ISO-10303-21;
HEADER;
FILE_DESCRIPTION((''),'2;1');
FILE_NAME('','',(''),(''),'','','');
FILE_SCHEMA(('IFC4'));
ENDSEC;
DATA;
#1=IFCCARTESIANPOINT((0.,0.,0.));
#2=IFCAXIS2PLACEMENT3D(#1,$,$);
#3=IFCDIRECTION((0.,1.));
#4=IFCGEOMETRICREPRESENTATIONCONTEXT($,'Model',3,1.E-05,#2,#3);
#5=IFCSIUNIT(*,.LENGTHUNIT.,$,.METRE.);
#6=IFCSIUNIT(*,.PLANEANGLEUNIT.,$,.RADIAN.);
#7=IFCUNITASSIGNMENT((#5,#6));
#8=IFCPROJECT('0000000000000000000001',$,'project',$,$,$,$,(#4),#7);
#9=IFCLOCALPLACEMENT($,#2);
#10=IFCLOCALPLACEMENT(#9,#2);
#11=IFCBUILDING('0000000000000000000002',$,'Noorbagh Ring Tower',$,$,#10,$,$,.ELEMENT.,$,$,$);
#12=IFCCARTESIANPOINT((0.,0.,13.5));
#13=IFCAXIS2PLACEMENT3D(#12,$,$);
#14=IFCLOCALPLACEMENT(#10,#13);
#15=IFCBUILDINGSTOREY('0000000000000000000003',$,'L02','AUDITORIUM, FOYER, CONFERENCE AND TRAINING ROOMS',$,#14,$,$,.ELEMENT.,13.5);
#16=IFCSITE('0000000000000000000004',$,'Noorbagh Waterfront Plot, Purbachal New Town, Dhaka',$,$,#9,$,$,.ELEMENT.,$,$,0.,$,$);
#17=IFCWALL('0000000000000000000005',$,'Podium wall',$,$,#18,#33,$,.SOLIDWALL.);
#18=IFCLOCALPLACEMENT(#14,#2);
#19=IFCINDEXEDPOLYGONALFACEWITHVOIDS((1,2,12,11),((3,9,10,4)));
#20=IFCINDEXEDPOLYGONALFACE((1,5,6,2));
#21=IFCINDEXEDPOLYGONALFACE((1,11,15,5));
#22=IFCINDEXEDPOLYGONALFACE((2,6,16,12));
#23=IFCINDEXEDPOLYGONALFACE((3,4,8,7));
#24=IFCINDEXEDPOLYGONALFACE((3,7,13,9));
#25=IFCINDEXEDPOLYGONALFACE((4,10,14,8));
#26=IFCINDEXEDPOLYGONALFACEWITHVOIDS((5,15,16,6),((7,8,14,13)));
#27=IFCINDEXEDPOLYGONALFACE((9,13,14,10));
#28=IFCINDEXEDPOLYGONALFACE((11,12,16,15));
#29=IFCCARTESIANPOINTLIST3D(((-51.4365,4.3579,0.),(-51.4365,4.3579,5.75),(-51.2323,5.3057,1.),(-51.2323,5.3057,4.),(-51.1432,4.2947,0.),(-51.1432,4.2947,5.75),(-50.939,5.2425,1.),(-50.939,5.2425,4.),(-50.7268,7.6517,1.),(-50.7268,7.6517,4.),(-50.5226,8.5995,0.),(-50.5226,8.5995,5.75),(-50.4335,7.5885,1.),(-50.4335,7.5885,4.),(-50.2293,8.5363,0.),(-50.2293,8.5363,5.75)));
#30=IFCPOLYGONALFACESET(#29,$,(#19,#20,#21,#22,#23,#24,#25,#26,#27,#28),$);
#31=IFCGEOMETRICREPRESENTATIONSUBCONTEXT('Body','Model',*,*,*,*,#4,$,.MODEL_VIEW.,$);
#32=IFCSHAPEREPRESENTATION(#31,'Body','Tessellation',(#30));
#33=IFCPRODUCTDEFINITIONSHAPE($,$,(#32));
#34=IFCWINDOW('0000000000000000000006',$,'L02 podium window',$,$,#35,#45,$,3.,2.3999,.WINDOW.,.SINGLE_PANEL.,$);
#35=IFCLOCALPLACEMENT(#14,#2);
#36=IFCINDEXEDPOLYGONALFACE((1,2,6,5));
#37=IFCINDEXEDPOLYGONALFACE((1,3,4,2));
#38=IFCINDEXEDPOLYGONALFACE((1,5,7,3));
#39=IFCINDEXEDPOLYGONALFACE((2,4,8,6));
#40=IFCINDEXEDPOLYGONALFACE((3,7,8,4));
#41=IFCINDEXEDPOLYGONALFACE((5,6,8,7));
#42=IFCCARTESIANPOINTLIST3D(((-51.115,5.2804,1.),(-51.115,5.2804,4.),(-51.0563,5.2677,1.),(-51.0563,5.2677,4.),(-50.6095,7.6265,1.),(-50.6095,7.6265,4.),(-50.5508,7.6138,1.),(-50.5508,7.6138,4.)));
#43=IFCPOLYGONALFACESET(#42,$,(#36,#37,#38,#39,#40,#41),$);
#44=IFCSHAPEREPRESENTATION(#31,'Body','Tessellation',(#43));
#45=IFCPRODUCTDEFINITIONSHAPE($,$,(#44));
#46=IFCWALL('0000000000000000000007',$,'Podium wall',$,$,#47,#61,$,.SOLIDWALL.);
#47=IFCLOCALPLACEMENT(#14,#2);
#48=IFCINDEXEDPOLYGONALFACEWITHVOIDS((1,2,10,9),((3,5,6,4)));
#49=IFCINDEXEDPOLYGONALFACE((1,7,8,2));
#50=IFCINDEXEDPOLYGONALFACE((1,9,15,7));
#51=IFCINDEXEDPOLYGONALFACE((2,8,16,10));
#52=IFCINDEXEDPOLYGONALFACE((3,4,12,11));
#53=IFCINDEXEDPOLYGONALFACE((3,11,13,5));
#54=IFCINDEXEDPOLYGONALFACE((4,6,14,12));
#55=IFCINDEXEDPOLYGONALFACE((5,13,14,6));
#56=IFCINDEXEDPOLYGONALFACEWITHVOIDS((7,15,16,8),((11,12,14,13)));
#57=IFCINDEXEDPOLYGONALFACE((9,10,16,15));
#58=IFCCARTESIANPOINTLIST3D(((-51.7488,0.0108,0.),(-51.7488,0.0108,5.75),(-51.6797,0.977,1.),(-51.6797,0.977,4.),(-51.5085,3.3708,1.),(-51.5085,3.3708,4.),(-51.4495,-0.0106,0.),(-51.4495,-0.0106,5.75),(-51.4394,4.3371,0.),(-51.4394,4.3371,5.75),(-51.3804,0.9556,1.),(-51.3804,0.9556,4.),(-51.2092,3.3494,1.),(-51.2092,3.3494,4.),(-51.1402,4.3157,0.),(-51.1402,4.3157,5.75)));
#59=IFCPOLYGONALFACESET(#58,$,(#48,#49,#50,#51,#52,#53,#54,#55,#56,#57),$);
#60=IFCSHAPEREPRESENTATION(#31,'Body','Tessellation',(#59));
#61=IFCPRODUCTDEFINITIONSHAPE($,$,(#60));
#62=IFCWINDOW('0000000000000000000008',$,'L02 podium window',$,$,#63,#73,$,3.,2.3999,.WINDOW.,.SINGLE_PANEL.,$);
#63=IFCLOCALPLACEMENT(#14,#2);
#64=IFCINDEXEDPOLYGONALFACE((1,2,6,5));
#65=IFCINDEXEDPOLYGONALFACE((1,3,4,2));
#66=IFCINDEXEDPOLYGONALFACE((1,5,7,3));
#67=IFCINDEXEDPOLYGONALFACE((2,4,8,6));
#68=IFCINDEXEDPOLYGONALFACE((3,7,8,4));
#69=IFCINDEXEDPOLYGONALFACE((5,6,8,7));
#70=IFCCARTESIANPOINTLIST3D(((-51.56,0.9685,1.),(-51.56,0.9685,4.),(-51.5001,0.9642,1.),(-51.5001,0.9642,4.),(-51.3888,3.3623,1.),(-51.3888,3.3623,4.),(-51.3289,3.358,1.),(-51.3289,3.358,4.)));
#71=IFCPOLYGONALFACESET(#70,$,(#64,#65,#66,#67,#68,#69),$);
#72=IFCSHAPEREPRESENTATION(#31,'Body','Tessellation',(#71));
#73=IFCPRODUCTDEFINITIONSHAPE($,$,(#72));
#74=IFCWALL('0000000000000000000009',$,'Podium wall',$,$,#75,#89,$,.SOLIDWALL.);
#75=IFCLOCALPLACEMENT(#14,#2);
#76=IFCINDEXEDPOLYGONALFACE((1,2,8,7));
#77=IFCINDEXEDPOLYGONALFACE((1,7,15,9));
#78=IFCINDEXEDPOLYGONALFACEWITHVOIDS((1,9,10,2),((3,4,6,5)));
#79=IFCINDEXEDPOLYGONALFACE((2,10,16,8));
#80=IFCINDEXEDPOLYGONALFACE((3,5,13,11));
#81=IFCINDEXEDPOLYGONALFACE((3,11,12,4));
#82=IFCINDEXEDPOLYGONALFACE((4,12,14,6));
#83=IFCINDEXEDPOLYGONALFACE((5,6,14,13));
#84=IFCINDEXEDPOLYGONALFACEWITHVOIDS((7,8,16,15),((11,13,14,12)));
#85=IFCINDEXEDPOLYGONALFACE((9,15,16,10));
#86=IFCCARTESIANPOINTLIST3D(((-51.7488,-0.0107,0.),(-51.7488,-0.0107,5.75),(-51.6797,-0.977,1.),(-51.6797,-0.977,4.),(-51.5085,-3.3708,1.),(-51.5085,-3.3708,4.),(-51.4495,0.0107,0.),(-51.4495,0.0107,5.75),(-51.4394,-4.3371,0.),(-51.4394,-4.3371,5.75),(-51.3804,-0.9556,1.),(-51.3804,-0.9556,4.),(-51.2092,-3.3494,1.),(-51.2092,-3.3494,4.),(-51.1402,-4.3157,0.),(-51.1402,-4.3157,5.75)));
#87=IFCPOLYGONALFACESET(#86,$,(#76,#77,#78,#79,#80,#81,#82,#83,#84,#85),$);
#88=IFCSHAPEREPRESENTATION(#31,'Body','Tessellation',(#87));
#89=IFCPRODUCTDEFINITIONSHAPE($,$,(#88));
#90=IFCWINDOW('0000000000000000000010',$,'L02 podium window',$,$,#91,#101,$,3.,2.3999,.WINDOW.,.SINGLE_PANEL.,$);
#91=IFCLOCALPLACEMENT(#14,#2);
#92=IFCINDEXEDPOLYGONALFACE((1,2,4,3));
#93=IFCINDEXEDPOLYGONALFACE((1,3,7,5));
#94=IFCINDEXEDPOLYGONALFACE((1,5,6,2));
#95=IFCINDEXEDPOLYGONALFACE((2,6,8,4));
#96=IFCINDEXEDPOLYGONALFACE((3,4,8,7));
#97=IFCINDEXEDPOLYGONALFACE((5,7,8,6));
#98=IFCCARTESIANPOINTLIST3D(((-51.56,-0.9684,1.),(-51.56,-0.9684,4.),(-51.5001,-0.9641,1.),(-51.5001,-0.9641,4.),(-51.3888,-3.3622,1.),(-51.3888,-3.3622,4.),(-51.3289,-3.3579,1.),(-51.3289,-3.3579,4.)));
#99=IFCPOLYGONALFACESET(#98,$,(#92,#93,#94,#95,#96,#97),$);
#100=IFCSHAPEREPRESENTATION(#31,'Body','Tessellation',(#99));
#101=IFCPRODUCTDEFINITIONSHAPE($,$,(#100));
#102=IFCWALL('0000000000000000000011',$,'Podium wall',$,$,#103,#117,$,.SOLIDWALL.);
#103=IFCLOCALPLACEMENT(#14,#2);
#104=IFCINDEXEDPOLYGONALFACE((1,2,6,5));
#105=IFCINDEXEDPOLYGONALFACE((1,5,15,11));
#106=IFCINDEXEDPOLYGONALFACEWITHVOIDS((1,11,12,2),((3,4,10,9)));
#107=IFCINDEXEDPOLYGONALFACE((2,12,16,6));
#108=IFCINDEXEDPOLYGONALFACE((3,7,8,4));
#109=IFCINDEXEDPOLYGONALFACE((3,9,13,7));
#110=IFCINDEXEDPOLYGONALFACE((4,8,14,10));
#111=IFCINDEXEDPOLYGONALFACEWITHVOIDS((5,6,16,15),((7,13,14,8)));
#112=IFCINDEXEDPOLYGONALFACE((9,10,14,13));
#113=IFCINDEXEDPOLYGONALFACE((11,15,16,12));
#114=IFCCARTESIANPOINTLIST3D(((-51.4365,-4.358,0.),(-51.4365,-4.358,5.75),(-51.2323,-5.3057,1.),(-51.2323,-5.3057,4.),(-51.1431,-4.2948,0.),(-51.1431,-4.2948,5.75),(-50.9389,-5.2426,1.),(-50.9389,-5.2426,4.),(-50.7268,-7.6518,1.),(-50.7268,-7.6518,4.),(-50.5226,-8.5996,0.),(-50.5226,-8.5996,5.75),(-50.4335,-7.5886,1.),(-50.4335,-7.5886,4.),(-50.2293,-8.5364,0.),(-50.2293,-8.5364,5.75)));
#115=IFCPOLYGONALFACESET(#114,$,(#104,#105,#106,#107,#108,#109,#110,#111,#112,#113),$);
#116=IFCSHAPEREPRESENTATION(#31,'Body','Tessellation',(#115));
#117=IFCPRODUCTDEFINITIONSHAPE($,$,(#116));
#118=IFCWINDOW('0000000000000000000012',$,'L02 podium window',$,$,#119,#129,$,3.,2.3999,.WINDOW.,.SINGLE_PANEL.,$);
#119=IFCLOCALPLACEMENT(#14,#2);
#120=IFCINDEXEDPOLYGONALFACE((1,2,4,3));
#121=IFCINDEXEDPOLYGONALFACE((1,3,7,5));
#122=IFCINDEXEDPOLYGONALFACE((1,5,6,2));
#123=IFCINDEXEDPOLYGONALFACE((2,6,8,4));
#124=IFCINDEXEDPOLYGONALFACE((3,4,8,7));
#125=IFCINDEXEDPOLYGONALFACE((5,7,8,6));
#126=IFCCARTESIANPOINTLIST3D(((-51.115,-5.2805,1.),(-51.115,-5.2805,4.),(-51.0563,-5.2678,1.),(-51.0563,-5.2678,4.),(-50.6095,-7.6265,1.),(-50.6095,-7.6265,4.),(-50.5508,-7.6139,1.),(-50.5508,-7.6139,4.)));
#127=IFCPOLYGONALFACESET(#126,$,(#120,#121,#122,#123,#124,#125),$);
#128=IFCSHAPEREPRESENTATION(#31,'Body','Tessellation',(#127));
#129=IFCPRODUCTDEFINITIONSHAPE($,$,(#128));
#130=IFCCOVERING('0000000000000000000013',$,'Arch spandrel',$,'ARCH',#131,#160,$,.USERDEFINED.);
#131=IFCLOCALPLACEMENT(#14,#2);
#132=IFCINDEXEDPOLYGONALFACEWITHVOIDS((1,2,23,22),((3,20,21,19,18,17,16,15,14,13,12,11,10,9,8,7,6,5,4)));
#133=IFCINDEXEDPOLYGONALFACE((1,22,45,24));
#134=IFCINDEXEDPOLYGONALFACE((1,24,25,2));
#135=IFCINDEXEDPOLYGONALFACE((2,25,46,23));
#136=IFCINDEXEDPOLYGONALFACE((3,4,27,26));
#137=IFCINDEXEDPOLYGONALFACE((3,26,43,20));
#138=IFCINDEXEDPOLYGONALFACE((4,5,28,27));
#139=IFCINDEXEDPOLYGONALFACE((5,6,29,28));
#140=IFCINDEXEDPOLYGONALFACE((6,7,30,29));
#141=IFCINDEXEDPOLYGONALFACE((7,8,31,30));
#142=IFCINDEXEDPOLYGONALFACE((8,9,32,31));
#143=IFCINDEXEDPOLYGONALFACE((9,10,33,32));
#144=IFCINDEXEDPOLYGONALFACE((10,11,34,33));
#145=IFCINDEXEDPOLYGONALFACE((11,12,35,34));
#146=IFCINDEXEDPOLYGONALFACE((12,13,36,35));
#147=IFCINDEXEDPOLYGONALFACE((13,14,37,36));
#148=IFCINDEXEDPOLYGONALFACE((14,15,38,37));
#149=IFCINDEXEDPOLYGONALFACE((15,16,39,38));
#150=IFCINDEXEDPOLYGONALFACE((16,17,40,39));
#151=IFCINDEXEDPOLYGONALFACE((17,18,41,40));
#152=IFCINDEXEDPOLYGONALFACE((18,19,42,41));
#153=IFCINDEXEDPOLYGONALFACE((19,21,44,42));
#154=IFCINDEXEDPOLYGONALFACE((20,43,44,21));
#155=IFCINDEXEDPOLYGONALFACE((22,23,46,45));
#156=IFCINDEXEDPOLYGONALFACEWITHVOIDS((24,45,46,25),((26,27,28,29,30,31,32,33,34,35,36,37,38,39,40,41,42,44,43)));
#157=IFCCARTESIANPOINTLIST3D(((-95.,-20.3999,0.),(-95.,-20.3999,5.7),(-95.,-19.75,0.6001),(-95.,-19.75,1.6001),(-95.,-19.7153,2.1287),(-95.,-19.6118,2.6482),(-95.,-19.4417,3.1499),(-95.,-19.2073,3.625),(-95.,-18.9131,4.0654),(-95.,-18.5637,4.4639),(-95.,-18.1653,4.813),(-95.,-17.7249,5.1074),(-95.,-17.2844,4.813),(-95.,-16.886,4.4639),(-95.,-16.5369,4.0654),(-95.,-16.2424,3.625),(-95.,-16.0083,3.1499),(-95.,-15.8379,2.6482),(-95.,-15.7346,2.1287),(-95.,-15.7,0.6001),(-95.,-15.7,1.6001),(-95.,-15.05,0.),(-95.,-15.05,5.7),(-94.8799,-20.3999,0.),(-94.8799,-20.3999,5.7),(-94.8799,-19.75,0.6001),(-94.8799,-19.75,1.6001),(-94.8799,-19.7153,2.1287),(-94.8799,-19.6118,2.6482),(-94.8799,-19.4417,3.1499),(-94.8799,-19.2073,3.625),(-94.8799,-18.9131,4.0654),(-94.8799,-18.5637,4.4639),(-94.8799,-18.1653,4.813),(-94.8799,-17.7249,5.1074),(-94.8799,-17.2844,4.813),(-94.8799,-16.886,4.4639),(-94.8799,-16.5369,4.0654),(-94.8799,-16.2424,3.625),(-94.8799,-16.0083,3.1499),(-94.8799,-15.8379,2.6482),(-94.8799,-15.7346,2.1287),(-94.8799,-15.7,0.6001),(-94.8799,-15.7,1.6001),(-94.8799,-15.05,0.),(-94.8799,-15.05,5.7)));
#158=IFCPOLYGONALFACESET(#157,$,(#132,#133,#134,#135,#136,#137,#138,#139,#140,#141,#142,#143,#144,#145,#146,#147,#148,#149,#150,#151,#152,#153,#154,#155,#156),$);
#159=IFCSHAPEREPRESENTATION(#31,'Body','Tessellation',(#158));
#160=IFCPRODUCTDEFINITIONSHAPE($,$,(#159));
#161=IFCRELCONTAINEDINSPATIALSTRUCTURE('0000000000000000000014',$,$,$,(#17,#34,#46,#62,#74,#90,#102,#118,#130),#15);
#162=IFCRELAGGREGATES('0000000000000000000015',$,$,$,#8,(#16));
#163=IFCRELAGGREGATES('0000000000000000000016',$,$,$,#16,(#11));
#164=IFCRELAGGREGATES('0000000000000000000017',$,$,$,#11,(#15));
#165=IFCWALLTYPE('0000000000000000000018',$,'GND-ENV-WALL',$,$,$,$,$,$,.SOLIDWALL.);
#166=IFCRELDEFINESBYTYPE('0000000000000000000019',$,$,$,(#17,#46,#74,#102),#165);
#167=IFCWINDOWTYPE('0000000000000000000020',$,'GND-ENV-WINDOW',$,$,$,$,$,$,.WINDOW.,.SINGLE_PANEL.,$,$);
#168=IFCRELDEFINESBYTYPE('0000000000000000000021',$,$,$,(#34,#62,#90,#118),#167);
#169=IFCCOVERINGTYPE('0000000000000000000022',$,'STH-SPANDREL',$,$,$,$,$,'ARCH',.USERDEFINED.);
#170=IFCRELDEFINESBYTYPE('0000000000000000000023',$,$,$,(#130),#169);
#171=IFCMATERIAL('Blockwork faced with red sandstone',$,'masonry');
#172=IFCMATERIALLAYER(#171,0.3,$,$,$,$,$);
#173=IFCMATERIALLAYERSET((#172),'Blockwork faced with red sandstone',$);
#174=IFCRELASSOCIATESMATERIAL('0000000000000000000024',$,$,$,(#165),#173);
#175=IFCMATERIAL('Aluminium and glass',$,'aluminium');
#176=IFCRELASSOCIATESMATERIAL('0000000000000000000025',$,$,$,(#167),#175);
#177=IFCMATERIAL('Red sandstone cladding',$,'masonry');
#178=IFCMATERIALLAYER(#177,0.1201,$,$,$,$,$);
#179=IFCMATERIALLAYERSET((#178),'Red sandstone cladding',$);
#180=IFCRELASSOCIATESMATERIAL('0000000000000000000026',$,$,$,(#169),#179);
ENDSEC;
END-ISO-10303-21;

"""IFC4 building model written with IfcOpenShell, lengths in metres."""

from ifc_helpers import new_model, si_unit, direction, frame, frame_2d, origin, place, context, subcontext, project, spatial, polyline, rectangle, outline, extrude, material, layer, layer_set, type_object, element, fill, save


model = new_model("IFC4")

# Units and contexts
model_context = context("Model", 3, precision=1e-05, world=origin(), true_north=direction((0.0, 1.0)))
body_context = subcontext(model_context, "Body", "Model", "MODEL_VIEW")
ifc_project = project(units=[si_unit("LENGTHUNIT", "METRE"), si_unit("PLANEANGLEUNIT", "RADIAN")], contexts=[model_context])

# Site, building, storey
site_placement = place(None, origin())
site = spatial("IfcSite", under=ifc_project, at=site_placement, Name="Noorbagh Waterfront Plot, Purbachal New Town, Dhaka", CompositionType="ELEMENT", RefElevation=0.0)
building_placement = place(site_placement, origin())
building = spatial("IfcBuilding", under=site, at=building_placement, Name="Noorbagh Ring Tower", CompositionType="ELEMENT")
storey_placement = place(building_placement, frame((0.0, 0.0, 13.5)))
storey = spatial("IfcBuildingStorey", under=building, at=storey_placement, Name="L02", Description="AUDITORIUM, FOYER, CONFERENCE AND TRAINING ROOMS", CompositionType="ELEMENT", Elevation=13.5)

# Walls, openings, windows
ifc_material_1 = material(Name="Blockwork faced with red sandstone", Category="masonry")
ifc_layer_1 = layer(ifc_material_1, 0.3)
ifc_layer_set_1 = layer_set([ifc_layer_1], Name="Blockwork faced with red sandstone")
wall_type = type_object("IfcWallType", Name="GND-ENV-WALL", PredefinedType="SOLIDWALL", material=ifc_layer_set_1)
wall_1_placement = place(storey_placement, frame((-50.376, 8.5679, 0.0), z_axis=(0.0, 0.0, 1.0), x_axis=(-0.210616, -0.977569, 0.0)))
wall_1 = element("IfcWall", 1, at=wall_1_placement, inside=storey, type_object=wall_type, Name="Podium wall", PredefinedType="SOLIDWALL", context=body_context, shape_type="SweptSolid", body=[
    extrude(rectangle(XDim=4.3389, YDim=0.3, at=frame_2d((2.1694, 0.0))), origin(), (0.0, 0.0, 1.0), 5.75),
])
opening_1_placement = place(wall_1_placement, frame((0.9695, 0.0, 1.0)))
opening_1 = element("IfcOpeningElement", 2, at=opening_1_placement, cuts=wall_1, PredefinedType="OPENING", context=body_context, shape_type="SweptSolid", body=[
    extrude(rectangle(XDim=2.3999, YDim=3.0, at=frame_2d((1.2, 1.5))), frame((0.0, 0.1602, 0.0), z_axis=(0.0, -1.0, 0.0), x_axis=(1.0, 0.0, 0.0)), (0.0, 0.0, 1.0), 0.3201),
])
ifc_material_2 = material(Name="Aluminium and glass", Category="aluminium")
window_type = type_object("IfcWindowType", Name="GND-ENV-WINDOW", PartitioningType="SINGLE_PANEL", PredefinedType="WINDOW", material=ifc_material_2)
window_1_placement = place(opening_1_placement, origin())
window_1 = element("IfcWindow", 3, at=window_1_placement, inside=storey, type_object=window_type, Name="L02 podium window", OverallHeight=3.0, OverallWidth=2.3999, PartitioningType="SINGLE_PANEL", PredefinedType="WINDOW", context=body_context, shape_type="SweptSolid", body=[
    extrude(rectangle(XDim=2.3999, YDim=3.0, at=frame_2d((1.2, 1.5))), frame((0.0, 0.03, 0.0), z_axis=(0.0, -1.0, 0.0), x_axis=(1.0, 0.0, 0.0)), (0.0, 0.0, 1.0), 0.0601),
])
fill(opening_1, window_1)
wall_2_placement = place(storey_placement, frame((-51.2898, 4.3264, 0.0), z_axis=(0.0, 0.0, 1.0), x_axis=(-0.071315, -0.997454, 0.0)))
wall_2 = element("IfcWall", 4, at=wall_2_placement, inside=storey, type_object=wall_type, Name="Podium wall", PredefinedType="SOLIDWALL", context=body_context, shape_type="SweptSolid", body=[
    extrude(rectangle(XDim=4.3374, YDim=0.3, at=frame_2d((2.1687, 0.0))), origin(), (0.0, 0.0, 1.0), 5.75),
])
opening_2_placement = place(wall_2_placement, frame((0.9688, 0.0, 1.0)))
opening_2 = element("IfcOpeningElement", 5, at=opening_2_placement, cuts=wall_2, PredefinedType="OPENING", context=body_context, shape_type="SweptSolid", body=[
    extrude(rectangle(XDim=2.3999, YDim=3.0, at=frame_2d((1.2, 1.5))), frame((0.0, 0.1602, 0.0), z_axis=(0.0, -1.0, 0.0), x_axis=(1.0, 0.0, 0.0)), (0.0, 0.0, 1.0), 0.3201),
])
window_2_placement = place(opening_2_placement, origin())
window_2 = element("IfcWindow", 6, at=window_2_placement, inside=storey, type_object=window_type, Name="L02 podium window", OverallHeight=3.0, OverallWidth=2.3999, PartitioningType="SINGLE_PANEL", PredefinedType="WINDOW", context=body_context, shape_type="SweptSolid", body=[
    extrude(rectangle(XDim=2.3999, YDim=3.0, at=frame_2d((1.2, 1.5))), frame((0.0, 0.03, 0.0), z_axis=(0.0, -1.0, 0.0), x_axis=(1.0, 0.0, 0.0)), (0.0, 0.0, 1.0), 0.0601),
])
fill(opening_2, window_2)
wall_3_placement = place(storey_placement, frame((-51.5991, 0.0, 0.0), z_axis=(0.0, 0.0, 1.0), x_axis=(0.071315, -0.997454, 0.0)))
wall_3 = element("IfcWall", 7, at=wall_3_placement, inside=storey, type_object=wall_type, Name="Podium wall", PredefinedType="SOLIDWALL", context=body_context, shape_type="SweptSolid", body=[
    extrude(rectangle(XDim=4.3374, YDim=0.3, at=frame_2d((2.1687, 0.0))), origin(), (0.0, 0.0, 1.0), 5.75),
])
opening_3_placement = place(wall_3_placement, frame((0.9688, 0.0, 1.0)))
opening_3 = element("IfcOpeningElement", 8, at=opening_3_placement, cuts=wall_3, PredefinedType="OPENING", context=body_context, shape_type="SweptSolid", body=[
    extrude(rectangle(XDim=2.3999, YDim=3.0, at=frame_2d((1.2, 1.5))), frame((0.0, 0.1602, 0.0), z_axis=(0.0, -1.0, 0.0), x_axis=(1.0, 0.0, 0.0)), (0.0, 0.0, 1.0), 0.3201),
])
window_3_placement = place(opening_3_placement, origin())
window_3 = element("IfcWindow", 9, at=window_3_placement, inside=storey, type_object=window_type, Name="L02 podium window", OverallHeight=3.0, OverallWidth=2.3999, PartitioningType="SINGLE_PANEL", PredefinedType="WINDOW", context=body_context, shape_type="SweptSolid", body=[
    extrude(rectangle(XDim=2.3999, YDim=3.0, at=frame_2d((1.2, 1.5))), frame((0.0, 0.03, 0.0), z_axis=(0.0, -1.0, 0.0), x_axis=(1.0, 0.0, 0.0)), (0.0, 0.0, 1.0), 0.0601),
])
fill(opening_3, window_3)
wall_4_placement = place(storey_placement, frame((-51.2898, -4.3264, 0.0), z_axis=(0.0, 0.0, 1.0), x_axis=(0.210616, -0.977569, 0.0)))
wall_4 = element("IfcWall", 10, at=wall_4_placement, inside=storey, type_object=wall_type, Name="Podium wall", PredefinedType="SOLIDWALL", context=body_context, shape_type="SweptSolid", body=[
    extrude(rectangle(XDim=4.3389, YDim=0.3, at=frame_2d((2.1694, 0.0))), origin(), (0.0, 0.0, 1.0), 5.75),
])
opening_4_placement = place(wall_4_placement, frame((0.9695, 0.0, 1.0)))
opening_4 = element("IfcOpeningElement", 11, at=opening_4_placement, cuts=wall_4, PredefinedType="OPENING", context=body_context, shape_type="SweptSolid", body=[
    extrude(rectangle(XDim=2.3999, YDim=3.0, at=frame_2d((1.2, 1.5))), frame((0.0, 0.1602, 0.0), z_axis=(0.0, -1.0, 0.0), x_axis=(1.0, 0.0, 0.0)), (0.0, 0.0, 1.0), 0.3201),
])
window_4_placement = place(opening_4_placement, origin())
window_4 = element("IfcWindow", 12, at=window_4_placement, inside=storey, type_object=window_type, Name="L02 podium window", OverallHeight=3.0, OverallWidth=2.3999, PartitioningType="SINGLE_PANEL", PredefinedType="WINDOW", context=body_context, shape_type="SweptSolid", body=[
    extrude(rectangle(XDim=2.3999, YDim=3.0, at=frame_2d((1.2, 1.5))), frame((0.0, 0.03, 0.0), z_axis=(0.0, -1.0, 0.0), x_axis=(1.0, 0.0, 0.0)), (0.0, 0.0, 1.0), 0.0601),
])
fill(opening_4, window_4)

# Covering
ifc_material_3 = material(Name="Red sandstone cladding", Category="masonry")
ifc_layer_2 = layer(ifc_material_3, 0.1201)
ifc_layer_set_2 = layer_set([ifc_layer_2], Name="Red sandstone cladding")
covering_type_1 = type_object("IfcCoveringType", Name="STH-SPANDREL", ElementType="ARCH", PredefinedType="USERDEFINED", material=ifc_layer_set_2)
covering_1_placement = place(storey_placement, frame((-94.8799, -20.3999, 0.0), z_axis=(1.0, 0.0, 0.0), x_axis=(0.0, 1.0, 0.0)))
element("IfcCovering", 13, at=covering_1_placement, inside=storey, type_object=covering_type_1, Name="Arch spandrel", ObjectType="ARCH", PredefinedType="USERDEFINED", context=body_context, shape_type="SweptSolid", body=[
    extrude(outline(polyline([(0.0, 0.0), (5.3499, 0.0), (5.3499, 5.7), (0.0, 5.7), (0.0, 0.0)]), holes=[polyline([(0.6499, 0.6001), (0.6499, 1.6001), (0.6846, 2.1287), (0.7881, 2.6482), (0.9583, 3.1499), (1.1926, 3.625), (1.4868, 4.0654), (1.8362, 4.4639), (2.2346, 4.813), (2.675, 5.1074), (3.1155, 4.813), (3.5139, 4.4639), (3.863, 4.0654), (4.1575, 3.625), (4.3916, 3.1499), (4.562, 2.6482), (4.6653, 2.1287), (4.7, 1.6001), (4.7, 0.6001), (0.6499, 0.6001)])]), origin(), (0.0, 0.0, -1.0), 0.1201),
])

save(model, "model.ifc")
